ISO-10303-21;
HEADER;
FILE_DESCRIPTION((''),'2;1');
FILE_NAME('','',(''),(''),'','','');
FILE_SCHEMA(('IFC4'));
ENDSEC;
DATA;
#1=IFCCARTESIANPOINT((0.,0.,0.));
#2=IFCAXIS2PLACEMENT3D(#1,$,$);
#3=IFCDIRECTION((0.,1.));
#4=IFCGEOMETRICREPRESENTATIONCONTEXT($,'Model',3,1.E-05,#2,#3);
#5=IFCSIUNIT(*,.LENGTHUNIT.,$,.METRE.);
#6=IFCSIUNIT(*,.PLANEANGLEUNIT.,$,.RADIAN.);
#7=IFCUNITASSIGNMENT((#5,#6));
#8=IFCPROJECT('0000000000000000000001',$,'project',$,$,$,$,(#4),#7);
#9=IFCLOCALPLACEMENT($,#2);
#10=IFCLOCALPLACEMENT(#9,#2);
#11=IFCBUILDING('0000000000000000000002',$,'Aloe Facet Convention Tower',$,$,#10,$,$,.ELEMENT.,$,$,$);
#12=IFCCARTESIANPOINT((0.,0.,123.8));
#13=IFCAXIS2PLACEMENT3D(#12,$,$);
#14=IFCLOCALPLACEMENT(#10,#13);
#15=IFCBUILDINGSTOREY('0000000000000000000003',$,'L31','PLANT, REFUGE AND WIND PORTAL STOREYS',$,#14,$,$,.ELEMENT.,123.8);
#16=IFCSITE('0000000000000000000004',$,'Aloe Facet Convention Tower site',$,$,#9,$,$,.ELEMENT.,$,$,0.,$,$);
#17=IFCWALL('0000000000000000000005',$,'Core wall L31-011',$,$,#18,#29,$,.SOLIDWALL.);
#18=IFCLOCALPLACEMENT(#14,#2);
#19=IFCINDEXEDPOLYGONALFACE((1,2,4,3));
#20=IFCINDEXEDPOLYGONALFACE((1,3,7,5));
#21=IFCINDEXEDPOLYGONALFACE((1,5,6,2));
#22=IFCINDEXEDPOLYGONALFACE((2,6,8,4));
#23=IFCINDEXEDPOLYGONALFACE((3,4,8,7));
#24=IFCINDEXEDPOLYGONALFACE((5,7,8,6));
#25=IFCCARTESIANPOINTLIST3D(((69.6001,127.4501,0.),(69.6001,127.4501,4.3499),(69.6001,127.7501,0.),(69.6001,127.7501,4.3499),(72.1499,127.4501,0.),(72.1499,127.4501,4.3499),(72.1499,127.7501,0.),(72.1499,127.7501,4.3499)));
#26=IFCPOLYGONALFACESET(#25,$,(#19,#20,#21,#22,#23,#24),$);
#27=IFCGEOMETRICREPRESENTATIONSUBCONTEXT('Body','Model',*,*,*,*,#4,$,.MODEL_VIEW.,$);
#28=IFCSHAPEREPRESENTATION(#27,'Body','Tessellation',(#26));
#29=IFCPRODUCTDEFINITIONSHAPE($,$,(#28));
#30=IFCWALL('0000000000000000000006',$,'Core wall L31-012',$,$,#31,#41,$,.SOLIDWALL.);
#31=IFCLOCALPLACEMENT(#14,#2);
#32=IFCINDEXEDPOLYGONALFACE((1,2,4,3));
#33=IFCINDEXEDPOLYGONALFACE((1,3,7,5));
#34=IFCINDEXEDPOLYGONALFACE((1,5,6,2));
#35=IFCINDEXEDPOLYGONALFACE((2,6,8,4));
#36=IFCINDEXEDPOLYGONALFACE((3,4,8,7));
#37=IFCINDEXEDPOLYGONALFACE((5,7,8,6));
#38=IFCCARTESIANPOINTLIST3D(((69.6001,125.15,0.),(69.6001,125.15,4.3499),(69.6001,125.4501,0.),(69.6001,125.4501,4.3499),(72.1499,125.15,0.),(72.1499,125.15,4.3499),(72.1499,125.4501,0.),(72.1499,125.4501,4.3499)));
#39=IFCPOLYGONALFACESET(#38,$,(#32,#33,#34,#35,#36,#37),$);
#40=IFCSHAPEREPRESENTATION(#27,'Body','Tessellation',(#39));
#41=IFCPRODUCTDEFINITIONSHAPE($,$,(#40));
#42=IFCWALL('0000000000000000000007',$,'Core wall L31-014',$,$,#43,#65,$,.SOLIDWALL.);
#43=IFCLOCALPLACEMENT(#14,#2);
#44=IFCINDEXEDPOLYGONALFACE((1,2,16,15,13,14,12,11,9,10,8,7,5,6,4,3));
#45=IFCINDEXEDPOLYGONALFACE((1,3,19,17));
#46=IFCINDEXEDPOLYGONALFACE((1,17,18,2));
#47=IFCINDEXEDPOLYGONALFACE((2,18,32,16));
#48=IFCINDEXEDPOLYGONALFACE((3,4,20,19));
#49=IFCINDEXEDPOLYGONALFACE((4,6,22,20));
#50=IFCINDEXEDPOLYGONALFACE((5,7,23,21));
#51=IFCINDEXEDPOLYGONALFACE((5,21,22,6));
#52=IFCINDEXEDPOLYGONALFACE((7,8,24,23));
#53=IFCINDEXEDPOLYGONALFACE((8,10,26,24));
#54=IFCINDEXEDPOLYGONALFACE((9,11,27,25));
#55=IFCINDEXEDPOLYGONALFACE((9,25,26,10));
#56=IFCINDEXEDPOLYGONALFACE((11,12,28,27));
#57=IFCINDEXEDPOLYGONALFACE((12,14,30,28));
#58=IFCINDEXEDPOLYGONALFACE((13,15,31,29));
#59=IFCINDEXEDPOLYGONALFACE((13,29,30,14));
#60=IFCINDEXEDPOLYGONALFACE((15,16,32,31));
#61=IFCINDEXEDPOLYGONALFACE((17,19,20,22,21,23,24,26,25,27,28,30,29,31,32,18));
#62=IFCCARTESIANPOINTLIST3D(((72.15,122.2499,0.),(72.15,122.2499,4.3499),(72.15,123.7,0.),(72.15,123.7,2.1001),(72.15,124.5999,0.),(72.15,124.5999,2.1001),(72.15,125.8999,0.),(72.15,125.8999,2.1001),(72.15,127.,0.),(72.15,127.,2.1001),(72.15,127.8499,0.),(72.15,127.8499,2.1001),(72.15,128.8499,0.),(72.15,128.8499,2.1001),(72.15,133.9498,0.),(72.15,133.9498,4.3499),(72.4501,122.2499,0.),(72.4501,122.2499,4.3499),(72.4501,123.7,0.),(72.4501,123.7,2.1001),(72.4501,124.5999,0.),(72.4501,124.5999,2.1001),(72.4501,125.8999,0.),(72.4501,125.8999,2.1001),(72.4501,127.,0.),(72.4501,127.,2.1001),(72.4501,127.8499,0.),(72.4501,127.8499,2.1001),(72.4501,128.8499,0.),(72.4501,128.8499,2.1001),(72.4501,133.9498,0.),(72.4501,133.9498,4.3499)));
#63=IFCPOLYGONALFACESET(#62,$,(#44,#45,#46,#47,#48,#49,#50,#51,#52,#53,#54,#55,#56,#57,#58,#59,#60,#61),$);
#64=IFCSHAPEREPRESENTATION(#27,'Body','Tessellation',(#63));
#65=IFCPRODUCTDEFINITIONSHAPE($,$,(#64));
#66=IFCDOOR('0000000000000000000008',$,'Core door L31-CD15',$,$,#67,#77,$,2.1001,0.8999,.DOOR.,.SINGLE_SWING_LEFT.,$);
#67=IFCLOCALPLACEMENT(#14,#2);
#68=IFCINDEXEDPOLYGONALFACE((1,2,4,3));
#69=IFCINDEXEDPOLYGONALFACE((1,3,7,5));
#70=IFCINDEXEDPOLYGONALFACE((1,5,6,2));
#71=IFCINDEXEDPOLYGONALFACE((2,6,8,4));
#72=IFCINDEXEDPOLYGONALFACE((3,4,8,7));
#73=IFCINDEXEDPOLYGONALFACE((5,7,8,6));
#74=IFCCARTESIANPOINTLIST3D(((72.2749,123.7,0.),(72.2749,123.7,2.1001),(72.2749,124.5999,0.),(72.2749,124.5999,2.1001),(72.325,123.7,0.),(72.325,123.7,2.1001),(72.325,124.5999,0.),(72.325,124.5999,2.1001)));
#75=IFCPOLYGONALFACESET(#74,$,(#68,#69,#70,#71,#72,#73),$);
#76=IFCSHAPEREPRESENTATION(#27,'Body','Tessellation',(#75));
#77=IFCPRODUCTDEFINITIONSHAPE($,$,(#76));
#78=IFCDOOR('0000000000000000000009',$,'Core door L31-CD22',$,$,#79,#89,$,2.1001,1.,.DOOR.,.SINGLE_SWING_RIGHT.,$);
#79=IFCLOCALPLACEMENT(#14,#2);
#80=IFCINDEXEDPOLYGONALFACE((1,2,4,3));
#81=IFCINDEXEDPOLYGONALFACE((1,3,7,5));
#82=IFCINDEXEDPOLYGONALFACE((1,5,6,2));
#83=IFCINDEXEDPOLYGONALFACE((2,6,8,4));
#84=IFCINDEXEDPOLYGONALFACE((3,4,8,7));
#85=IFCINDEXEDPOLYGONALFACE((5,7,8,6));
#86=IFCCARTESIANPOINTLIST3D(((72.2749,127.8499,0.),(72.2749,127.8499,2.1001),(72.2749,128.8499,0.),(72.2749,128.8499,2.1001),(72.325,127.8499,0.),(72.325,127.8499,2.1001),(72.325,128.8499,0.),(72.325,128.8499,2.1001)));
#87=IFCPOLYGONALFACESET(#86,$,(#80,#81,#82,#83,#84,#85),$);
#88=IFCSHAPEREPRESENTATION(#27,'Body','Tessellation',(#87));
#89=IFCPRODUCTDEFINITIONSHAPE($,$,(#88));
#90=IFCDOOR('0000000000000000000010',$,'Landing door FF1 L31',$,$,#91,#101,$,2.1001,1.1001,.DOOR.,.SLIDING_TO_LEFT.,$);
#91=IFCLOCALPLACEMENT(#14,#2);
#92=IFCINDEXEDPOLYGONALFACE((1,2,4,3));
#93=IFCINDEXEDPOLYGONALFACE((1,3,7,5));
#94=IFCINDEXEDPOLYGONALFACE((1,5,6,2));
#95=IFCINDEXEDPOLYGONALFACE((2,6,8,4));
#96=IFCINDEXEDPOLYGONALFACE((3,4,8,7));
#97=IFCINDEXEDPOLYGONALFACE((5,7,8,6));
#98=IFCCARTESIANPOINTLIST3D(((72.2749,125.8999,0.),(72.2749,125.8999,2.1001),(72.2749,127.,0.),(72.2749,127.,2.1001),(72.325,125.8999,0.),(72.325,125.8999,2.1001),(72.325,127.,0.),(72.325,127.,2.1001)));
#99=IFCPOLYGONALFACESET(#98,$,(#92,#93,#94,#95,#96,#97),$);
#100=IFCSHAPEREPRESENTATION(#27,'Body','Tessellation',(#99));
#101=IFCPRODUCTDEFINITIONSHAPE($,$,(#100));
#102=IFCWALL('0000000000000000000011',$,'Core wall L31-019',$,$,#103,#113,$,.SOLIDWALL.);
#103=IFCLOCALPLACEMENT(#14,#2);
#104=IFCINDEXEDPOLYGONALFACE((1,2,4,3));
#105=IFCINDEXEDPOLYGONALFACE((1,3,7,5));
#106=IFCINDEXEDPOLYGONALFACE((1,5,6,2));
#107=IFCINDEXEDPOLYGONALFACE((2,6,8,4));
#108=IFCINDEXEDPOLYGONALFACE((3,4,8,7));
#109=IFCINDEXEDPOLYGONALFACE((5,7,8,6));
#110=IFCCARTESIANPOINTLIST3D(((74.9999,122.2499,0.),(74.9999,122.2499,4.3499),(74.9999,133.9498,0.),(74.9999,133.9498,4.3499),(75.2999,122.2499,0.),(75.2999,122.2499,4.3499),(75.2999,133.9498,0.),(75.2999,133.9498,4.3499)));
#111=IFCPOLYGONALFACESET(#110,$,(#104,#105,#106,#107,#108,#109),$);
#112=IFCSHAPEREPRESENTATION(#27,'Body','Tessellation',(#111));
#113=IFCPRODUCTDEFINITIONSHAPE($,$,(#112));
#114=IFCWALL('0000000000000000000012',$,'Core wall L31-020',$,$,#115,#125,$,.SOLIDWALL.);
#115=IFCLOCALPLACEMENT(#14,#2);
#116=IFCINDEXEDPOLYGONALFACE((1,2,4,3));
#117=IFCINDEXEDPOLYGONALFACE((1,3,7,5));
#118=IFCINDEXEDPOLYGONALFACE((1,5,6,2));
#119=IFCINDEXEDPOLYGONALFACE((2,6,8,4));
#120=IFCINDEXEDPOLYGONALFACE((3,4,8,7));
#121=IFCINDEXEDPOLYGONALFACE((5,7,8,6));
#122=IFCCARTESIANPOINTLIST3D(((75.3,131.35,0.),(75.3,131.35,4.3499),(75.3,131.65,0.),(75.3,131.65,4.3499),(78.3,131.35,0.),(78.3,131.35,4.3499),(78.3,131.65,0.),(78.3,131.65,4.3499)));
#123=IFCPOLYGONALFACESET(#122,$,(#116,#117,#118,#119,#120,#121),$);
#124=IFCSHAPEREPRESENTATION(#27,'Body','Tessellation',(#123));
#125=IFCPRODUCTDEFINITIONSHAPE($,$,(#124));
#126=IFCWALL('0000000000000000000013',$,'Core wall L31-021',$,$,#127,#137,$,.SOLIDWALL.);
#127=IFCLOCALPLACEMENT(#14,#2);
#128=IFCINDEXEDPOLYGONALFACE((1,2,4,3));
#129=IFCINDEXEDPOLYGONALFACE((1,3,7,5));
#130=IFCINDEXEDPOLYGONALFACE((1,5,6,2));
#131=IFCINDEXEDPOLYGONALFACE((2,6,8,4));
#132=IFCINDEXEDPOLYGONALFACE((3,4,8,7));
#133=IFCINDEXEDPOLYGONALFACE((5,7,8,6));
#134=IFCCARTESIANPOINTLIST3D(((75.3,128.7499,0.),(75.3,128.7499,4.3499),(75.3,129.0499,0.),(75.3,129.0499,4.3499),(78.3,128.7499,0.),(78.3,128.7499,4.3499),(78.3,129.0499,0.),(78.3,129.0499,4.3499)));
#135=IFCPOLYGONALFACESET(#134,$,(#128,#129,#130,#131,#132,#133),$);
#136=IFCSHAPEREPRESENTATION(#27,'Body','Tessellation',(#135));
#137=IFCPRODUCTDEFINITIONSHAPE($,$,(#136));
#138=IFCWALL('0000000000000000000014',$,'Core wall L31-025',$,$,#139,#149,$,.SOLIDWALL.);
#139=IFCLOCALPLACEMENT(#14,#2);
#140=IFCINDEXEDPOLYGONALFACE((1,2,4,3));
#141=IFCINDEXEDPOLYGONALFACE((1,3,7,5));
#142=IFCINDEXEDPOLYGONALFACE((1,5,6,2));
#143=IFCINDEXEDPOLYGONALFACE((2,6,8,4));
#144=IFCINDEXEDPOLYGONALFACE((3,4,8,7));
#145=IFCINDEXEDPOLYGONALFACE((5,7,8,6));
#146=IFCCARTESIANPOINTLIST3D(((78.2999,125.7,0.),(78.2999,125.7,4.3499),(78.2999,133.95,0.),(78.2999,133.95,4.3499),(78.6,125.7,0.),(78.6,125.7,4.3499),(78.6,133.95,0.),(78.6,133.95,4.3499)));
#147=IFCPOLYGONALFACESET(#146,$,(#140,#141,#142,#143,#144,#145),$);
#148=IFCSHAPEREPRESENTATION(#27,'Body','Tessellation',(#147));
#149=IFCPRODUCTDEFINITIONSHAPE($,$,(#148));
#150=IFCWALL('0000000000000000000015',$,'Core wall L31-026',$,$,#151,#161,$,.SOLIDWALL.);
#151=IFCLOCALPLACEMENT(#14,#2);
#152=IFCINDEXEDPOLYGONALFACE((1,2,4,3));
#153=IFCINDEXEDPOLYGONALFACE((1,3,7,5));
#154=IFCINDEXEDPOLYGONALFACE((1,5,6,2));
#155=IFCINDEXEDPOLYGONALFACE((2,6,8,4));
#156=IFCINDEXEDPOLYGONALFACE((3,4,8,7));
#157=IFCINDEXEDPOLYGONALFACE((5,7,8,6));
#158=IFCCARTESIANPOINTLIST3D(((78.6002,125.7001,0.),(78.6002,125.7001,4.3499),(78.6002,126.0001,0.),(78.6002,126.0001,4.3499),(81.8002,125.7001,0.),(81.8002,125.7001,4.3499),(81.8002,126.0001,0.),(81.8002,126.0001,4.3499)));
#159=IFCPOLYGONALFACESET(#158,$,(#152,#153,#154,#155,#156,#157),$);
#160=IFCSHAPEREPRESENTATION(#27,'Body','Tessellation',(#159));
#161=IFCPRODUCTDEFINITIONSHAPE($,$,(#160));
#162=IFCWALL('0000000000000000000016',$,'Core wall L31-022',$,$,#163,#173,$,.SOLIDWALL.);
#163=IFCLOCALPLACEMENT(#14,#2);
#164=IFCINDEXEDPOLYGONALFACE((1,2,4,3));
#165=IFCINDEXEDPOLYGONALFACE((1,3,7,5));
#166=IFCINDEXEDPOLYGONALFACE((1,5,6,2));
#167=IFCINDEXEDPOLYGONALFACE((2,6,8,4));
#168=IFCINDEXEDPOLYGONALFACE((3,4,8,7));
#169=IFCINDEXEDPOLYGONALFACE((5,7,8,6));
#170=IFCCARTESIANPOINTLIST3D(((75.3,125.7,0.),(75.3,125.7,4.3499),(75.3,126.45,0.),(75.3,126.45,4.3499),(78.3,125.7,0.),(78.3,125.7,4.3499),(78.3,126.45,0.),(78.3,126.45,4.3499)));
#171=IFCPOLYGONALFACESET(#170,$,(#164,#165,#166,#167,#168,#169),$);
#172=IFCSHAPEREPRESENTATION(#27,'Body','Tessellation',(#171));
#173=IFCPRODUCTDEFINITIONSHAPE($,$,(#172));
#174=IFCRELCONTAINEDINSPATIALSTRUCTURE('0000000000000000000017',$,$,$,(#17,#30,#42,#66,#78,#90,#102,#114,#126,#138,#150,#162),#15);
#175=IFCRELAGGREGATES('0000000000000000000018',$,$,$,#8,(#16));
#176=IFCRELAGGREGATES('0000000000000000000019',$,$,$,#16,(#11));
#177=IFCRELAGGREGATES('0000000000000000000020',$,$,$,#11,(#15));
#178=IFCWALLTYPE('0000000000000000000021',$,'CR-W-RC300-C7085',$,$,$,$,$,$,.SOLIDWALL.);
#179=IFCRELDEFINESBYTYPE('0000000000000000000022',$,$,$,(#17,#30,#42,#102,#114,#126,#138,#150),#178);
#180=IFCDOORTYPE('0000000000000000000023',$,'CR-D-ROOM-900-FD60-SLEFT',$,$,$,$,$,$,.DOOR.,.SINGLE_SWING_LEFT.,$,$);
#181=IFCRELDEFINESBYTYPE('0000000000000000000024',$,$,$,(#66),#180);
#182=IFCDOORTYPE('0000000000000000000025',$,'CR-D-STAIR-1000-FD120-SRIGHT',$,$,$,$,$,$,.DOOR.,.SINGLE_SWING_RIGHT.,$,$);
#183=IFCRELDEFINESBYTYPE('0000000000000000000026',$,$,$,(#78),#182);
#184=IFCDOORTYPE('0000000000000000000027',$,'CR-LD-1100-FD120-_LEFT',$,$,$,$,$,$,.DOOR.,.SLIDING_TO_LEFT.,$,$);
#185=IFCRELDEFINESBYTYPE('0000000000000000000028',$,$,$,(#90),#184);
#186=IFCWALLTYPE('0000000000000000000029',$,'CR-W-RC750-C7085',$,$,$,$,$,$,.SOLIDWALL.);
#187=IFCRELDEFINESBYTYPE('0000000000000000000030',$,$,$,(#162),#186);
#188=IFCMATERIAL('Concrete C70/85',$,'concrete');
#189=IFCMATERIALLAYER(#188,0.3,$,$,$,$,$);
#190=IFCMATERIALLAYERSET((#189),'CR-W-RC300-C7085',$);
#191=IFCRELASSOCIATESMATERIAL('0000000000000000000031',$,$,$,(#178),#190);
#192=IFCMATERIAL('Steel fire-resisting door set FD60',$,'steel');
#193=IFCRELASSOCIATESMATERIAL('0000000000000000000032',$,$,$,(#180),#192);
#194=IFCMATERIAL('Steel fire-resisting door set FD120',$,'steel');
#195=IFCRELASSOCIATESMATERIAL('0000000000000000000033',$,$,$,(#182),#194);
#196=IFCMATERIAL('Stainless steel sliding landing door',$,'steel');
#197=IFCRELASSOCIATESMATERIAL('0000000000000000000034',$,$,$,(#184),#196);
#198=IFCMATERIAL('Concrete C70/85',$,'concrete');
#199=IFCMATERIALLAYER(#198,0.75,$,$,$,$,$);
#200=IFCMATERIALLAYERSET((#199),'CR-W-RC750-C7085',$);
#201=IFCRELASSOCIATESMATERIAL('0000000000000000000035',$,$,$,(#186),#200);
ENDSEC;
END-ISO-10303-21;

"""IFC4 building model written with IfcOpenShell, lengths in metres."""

from ifc_helpers import new_model, si_unit, direction, frame, frame_2d, origin, place, context, subcontext, project, spatial, rectangle, extrude, material, layer, layer_set, type_object, element, fill, save


model = new_model("IFC4")

# Units and contexts
model_context = context("Model", 3, precision=1e-05, world=origin(), true_north=direction((0.0, 1.0)))
body_context = subcontext(model_context, "Body", "Model", "MODEL_VIEW")
ifc_project = project(units=[si_unit("LENGTHUNIT", "METRE"), si_unit("PLANEANGLEUNIT", "RADIAN")], contexts=[model_context])

# Site, building, storey
site_placement = place(None, origin())
site = spatial("IfcSite", under=ifc_project, at=site_placement, Name="Aloe Facet Convention Tower site", CompositionType="ELEMENT", RefElevation=0.0)
building_placement = place(site_placement, origin())
building = spatial("IfcBuilding", under=site, at=building_placement, Name="Aloe Facet Convention Tower", CompositionType="ELEMENT")
storey_placement = place(building_placement, frame((0.0, 0.0, 123.8)))
storey = spatial("IfcBuildingStorey", under=building, at=storey_placement, Name="L31", Description="PLANT, REFUGE AND WIND PORTAL STOREYS", CompositionType="ELEMENT", Elevation=123.8)

# Walls
ifc_material_1 = material(Name="Concrete C70/85", Category="concrete")
ifc_layer_1 = layer(ifc_material_1, 0.3)
ifc_layer_set_1 = layer_set([ifc_layer_1], Name="CR-W-RC300-C7085")
wall_type_1 = type_object("IfcWallType", Name="CR-W-RC300-C7085", PredefinedType="SOLIDWALL", material=ifc_layer_set_1)
for number, where, z_axis, x_axis, name in (
    (1, (69.6001, 127.6001, 0.0), (0.0, 0.0, 1.0), (1.0, 0.0, 0.0), "Core wall L31-011"),
    (2, (69.6001, 125.3, 0.0), (0.0, 0.0, 1.0), (1.0, 0.0, 0.0), "Core wall L31-012"),
):
    element("IfcWall", number, at=place(storey_placement, frame(where, z_axis=z_axis, x_axis=x_axis)), inside=storey, type_object=wall_type_1, Name=name, PredefinedType="SOLIDWALL", context=body_context, shape_type="SweptSolid", body=[
        extrude(rectangle(XDim=2.5498, YDim=0.3, at=frame_2d((1.2749, 0.0))), origin(), (0.0, 0.0, 1.0), 4.3499),
    ])

# Wall, openings, doors
wall_1_placement = place(storey_placement, frame((72.3, 133.95, 0.0), z_axis=(0.0, 0.0, 1.0), x_axis=(0.0, -1.0, 0.0)))
wall_1 = element("IfcWall", 3, at=wall_1_placement, inside=storey, type_object=wall_type_1, Name="Core wall L31-014", PredefinedType="SOLIDWALL", context=body_context, shape_type="SweptSolid", body=[
    extrude(rectangle(XDim=11.7, YDim=0.3, at=frame_2d((5.8501, 0.0))), origin(), (0.0, 0.0, 1.0), 4.3499),
])
opening_1_placement = place(wall_1_placement, frame((6.95, 0.0, 0.0)))
opening_1 = element("IfcOpeningElement", 4, at=opening_1_placement, cuts=wall_1, PredefinedType="OPENING", context=body_context, shape_type="SweptSolid", body=[
    extrude(rectangle(XDim=1.1001, YDim=2.1001, at=frame_2d((0.55, 1.05))), frame((0.0, 0.1602, 0.0), z_axis=(0.0, -1.0, 0.0), x_axis=(1.0, 0.0, 0.0)), (0.0, 0.0, 1.0), 0.3201),
])
opening_2_placement = place(wall_1_placement, frame((9.3501, 0.0, 0.0)))
opening_2 = element("IfcOpeningElement", 5, at=opening_2_placement, cuts=wall_1, PredefinedType="OPENING", context=body_context, shape_type="SweptSolid", body=[
    extrude(rectangle(XDim=0.8999, YDim=2.1001, at=frame_2d((0.45, 1.05))), frame((0.0, 0.1602, 0.0), z_axis=(0.0, -1.0, 0.0), x_axis=(1.0, 0.0, 0.0)), (0.0, 0.0, 1.0), 0.3201),
])
opening_3_placement = place(wall_1_placement, frame((5.1001, 0.0, 0.0)))
opening_3 = element("IfcOpeningElement", 6, at=opening_3_placement, cuts=wall_1, PredefinedType="OPENING", context=body_context, shape_type="SweptSolid", body=[
    extrude(rectangle(XDim=1.0, YDim=2.1001, at=frame_2d((0.5, 1.05))), frame((0.0, 0.1602, 0.0), z_axis=(0.0, -1.0, 0.0), x_axis=(1.0, 0.0, 0.0)), (0.0, 0.0, 1.0), 0.3201),
])
ifc_material_2 = material(Name="Steel fire-resisting door set FD60", Category="steel")
door_type_1 = type_object("IfcDoorType", Name="CR-D-ROOM-900-FD60-SLEFT", OperationType="SINGLE_SWING_LEFT", PredefinedType="DOOR", material=ifc_material_2)
door_1_placement = place(opening_2_placement, origin())
door_1 = element("IfcDoor", 7, at=door_1_placement, inside=storey, type_object=door_type_1, Name="Core door L31-CD15", OperationType="SINGLE_SWING_LEFT", OverallHeight=2.1001, OverallWidth=0.8999, PredefinedType="DOOR", context=body_context, shape_type="SweptSolid", body=[
    extrude(rectangle(XDim=0.8999, YDim=2.1001, at=frame_2d((0.45, 1.05))), frame((0.0, 0.0249, 0.0), z_axis=(0.0, -1.0, 0.0), x_axis=(1.0, 0.0, 0.0)), (0.0, 0.0, 1.0), 0.05),
])
fill(opening_2, door_1)
ifc_material_3 = material(Name="Steel fire-resisting door set FD120", Category="steel")
door_type_2 = type_object("IfcDoorType", Name="CR-D-STAIR-1000-FD120-SRIGHT", OperationType="SINGLE_SWING_RIGHT", PredefinedType="DOOR", material=ifc_material_3)
door_2_placement = place(opening_3_placement, origin())
door_2 = element("IfcDoor", 8, at=door_2_placement, inside=storey, type_object=door_type_2, Name="Core door L31-CD22", OperationType="SINGLE_SWING_RIGHT", OverallHeight=2.1001, OverallWidth=1.0, PredefinedType="DOOR", context=body_context, shape_type="SweptSolid", body=[
    extrude(rectangle(XDim=1.0, YDim=2.1001, at=frame_2d((0.5, 1.05))), frame((0.0, 0.0249, 0.0), z_axis=(0.0, -1.0, 0.0), x_axis=(1.0, 0.0, 0.0)), (0.0, 0.0, 1.0), 0.05),
])
fill(opening_3, door_2)
ifc_material_4 = material(Name="Stainless steel sliding landing door", Category="steel")
door_type_3 = type_object("IfcDoorType", Name="CR-LD-1100-FD120-_LEFT", OperationType="SLIDING_TO_LEFT", PredefinedType="DOOR", material=ifc_material_4)
door_3_placement = place(opening_1_placement, origin())
door_3 = element("IfcDoor", 9, at=door_3_placement, inside=storey, type_object=door_type_3, Name="Landing door FF1 L31", OperationType="SLIDING_TO_LEFT", OverallHeight=2.1001, OverallWidth=1.1001, PredefinedType="DOOR", context=body_context, shape_type="SweptSolid", body=[
    extrude(rectangle(XDim=1.1001, YDim=2.1001, at=frame_2d((0.55, 1.05))), frame((0.0, 0.0249, 0.0), z_axis=(0.0, -1.0, 0.0), x_axis=(1.0, 0.0, 0.0)), (0.0, 0.0, 1.0), 0.05),
])
fill(opening_1, door_3)

# Walls
wall_2_placement = place(storey_placement, frame((75.1499, 133.95, 0.0), z_axis=(0.0, 0.0, 1.0), x_axis=(0.0, -1.0, 0.0)))
element("IfcWall", 10, at=wall_2_placement, inside=storey, type_object=wall_type_1, Name="Core wall L31-019", PredefinedType="SOLIDWALL", context=body_context, shape_type="SweptSolid", body=[
    extrude(rectangle(XDim=11.7, YDim=0.3, at=frame_2d((5.8501, 0.0))), origin(), (0.0, 0.0, 1.0), 4.3499),
])
for number, where, z_axis, x_axis, name in (
    (11, (75.3, 131.5, 0.0), (0.0, 0.0, 1.0), (1.0, 0.0, 0.0), "Core wall L31-020"),
    (12, (75.3, 128.8999, 0.0), (0.0, 0.0, 1.0), (1.0, 0.0, 0.0), "Core wall L31-021"),
):
    element("IfcWall", number, at=place(storey_placement, frame(where, z_axis=z_axis, x_axis=x_axis)), inside=storey, type_object=wall_type_1, Name=name, PredefinedType="SOLIDWALL", context=body_context, shape_type="SweptSolid", body=[
        extrude(rectangle(XDim=3.0, YDim=0.3, at=frame_2d((1.5, 0.0))), origin(), (0.0, 0.0, 1.0), 4.3499),
    ])
wall_3_placement = place(storey_placement, frame((78.45, 133.95, 0.0), z_axis=(0.0, 0.0, 1.0), x_axis=(0.0, -1.0, 0.0)))
element("IfcWall", 13, at=wall_3_placement, inside=storey, type_object=wall_type_1, Name="Core wall L31-025", PredefinedType="SOLIDWALL", context=body_context, shape_type="SweptSolid", body=[
    extrude(rectangle(XDim=8.25, YDim=0.3, at=frame_2d((4.125, 0.0))), origin(), (0.0, 0.0, 1.0), 4.3499),
])
wall_4_placement = place(storey_placement, frame((78.6001, 125.8501, 0.0), z_axis=(0.0, 0.0, 1.0), x_axis=(1.0, 0.0, 0.0)))
element("IfcWall", 14, at=wall_4_placement, inside=storey, type_object=wall_type_1, Name="Core wall L31-026", PredefinedType="SOLIDWALL", context=body_context, shape_type="SweptSolid", body=[
    extrude(rectangle(XDim=3.2, YDim=0.3, at=frame_2d((1.6001, 0.0))), origin(), (0.0, 0.0, 1.0), 4.3499),
])
ifc_material_5 = material(Name="Concrete C70/85", Category="concrete")
ifc_layer_2 = layer(ifc_material_5, 0.75)
ifc_layer_set_2 = layer_set([ifc_layer_2], Name="CR-W-RC750-C7085")
wall_type_2 = type_object("IfcWallType", Name="CR-W-RC750-C7085", PredefinedType="SOLIDWALL", material=ifc_layer_set_2)
wall_5_placement = place(storey_placement, frame((75.3, 126.075, 0.0), z_axis=(0.0, 0.0, 1.0), x_axis=(1.0, 0.0, 0.0)))
element("IfcWall", 15, at=wall_5_placement, inside=storey, type_object=wall_type_2, Name="Core wall L31-022", PredefinedType="SOLIDWALL", context=body_context, shape_type="SweptSolid", body=[
    extrude(rectangle(XDim=3.0, YDim=0.75, at=frame_2d((1.5, 0.0))), origin(), (0.0, 0.0, 1.0), 4.3499),
])

save(model, "model.ifc")
